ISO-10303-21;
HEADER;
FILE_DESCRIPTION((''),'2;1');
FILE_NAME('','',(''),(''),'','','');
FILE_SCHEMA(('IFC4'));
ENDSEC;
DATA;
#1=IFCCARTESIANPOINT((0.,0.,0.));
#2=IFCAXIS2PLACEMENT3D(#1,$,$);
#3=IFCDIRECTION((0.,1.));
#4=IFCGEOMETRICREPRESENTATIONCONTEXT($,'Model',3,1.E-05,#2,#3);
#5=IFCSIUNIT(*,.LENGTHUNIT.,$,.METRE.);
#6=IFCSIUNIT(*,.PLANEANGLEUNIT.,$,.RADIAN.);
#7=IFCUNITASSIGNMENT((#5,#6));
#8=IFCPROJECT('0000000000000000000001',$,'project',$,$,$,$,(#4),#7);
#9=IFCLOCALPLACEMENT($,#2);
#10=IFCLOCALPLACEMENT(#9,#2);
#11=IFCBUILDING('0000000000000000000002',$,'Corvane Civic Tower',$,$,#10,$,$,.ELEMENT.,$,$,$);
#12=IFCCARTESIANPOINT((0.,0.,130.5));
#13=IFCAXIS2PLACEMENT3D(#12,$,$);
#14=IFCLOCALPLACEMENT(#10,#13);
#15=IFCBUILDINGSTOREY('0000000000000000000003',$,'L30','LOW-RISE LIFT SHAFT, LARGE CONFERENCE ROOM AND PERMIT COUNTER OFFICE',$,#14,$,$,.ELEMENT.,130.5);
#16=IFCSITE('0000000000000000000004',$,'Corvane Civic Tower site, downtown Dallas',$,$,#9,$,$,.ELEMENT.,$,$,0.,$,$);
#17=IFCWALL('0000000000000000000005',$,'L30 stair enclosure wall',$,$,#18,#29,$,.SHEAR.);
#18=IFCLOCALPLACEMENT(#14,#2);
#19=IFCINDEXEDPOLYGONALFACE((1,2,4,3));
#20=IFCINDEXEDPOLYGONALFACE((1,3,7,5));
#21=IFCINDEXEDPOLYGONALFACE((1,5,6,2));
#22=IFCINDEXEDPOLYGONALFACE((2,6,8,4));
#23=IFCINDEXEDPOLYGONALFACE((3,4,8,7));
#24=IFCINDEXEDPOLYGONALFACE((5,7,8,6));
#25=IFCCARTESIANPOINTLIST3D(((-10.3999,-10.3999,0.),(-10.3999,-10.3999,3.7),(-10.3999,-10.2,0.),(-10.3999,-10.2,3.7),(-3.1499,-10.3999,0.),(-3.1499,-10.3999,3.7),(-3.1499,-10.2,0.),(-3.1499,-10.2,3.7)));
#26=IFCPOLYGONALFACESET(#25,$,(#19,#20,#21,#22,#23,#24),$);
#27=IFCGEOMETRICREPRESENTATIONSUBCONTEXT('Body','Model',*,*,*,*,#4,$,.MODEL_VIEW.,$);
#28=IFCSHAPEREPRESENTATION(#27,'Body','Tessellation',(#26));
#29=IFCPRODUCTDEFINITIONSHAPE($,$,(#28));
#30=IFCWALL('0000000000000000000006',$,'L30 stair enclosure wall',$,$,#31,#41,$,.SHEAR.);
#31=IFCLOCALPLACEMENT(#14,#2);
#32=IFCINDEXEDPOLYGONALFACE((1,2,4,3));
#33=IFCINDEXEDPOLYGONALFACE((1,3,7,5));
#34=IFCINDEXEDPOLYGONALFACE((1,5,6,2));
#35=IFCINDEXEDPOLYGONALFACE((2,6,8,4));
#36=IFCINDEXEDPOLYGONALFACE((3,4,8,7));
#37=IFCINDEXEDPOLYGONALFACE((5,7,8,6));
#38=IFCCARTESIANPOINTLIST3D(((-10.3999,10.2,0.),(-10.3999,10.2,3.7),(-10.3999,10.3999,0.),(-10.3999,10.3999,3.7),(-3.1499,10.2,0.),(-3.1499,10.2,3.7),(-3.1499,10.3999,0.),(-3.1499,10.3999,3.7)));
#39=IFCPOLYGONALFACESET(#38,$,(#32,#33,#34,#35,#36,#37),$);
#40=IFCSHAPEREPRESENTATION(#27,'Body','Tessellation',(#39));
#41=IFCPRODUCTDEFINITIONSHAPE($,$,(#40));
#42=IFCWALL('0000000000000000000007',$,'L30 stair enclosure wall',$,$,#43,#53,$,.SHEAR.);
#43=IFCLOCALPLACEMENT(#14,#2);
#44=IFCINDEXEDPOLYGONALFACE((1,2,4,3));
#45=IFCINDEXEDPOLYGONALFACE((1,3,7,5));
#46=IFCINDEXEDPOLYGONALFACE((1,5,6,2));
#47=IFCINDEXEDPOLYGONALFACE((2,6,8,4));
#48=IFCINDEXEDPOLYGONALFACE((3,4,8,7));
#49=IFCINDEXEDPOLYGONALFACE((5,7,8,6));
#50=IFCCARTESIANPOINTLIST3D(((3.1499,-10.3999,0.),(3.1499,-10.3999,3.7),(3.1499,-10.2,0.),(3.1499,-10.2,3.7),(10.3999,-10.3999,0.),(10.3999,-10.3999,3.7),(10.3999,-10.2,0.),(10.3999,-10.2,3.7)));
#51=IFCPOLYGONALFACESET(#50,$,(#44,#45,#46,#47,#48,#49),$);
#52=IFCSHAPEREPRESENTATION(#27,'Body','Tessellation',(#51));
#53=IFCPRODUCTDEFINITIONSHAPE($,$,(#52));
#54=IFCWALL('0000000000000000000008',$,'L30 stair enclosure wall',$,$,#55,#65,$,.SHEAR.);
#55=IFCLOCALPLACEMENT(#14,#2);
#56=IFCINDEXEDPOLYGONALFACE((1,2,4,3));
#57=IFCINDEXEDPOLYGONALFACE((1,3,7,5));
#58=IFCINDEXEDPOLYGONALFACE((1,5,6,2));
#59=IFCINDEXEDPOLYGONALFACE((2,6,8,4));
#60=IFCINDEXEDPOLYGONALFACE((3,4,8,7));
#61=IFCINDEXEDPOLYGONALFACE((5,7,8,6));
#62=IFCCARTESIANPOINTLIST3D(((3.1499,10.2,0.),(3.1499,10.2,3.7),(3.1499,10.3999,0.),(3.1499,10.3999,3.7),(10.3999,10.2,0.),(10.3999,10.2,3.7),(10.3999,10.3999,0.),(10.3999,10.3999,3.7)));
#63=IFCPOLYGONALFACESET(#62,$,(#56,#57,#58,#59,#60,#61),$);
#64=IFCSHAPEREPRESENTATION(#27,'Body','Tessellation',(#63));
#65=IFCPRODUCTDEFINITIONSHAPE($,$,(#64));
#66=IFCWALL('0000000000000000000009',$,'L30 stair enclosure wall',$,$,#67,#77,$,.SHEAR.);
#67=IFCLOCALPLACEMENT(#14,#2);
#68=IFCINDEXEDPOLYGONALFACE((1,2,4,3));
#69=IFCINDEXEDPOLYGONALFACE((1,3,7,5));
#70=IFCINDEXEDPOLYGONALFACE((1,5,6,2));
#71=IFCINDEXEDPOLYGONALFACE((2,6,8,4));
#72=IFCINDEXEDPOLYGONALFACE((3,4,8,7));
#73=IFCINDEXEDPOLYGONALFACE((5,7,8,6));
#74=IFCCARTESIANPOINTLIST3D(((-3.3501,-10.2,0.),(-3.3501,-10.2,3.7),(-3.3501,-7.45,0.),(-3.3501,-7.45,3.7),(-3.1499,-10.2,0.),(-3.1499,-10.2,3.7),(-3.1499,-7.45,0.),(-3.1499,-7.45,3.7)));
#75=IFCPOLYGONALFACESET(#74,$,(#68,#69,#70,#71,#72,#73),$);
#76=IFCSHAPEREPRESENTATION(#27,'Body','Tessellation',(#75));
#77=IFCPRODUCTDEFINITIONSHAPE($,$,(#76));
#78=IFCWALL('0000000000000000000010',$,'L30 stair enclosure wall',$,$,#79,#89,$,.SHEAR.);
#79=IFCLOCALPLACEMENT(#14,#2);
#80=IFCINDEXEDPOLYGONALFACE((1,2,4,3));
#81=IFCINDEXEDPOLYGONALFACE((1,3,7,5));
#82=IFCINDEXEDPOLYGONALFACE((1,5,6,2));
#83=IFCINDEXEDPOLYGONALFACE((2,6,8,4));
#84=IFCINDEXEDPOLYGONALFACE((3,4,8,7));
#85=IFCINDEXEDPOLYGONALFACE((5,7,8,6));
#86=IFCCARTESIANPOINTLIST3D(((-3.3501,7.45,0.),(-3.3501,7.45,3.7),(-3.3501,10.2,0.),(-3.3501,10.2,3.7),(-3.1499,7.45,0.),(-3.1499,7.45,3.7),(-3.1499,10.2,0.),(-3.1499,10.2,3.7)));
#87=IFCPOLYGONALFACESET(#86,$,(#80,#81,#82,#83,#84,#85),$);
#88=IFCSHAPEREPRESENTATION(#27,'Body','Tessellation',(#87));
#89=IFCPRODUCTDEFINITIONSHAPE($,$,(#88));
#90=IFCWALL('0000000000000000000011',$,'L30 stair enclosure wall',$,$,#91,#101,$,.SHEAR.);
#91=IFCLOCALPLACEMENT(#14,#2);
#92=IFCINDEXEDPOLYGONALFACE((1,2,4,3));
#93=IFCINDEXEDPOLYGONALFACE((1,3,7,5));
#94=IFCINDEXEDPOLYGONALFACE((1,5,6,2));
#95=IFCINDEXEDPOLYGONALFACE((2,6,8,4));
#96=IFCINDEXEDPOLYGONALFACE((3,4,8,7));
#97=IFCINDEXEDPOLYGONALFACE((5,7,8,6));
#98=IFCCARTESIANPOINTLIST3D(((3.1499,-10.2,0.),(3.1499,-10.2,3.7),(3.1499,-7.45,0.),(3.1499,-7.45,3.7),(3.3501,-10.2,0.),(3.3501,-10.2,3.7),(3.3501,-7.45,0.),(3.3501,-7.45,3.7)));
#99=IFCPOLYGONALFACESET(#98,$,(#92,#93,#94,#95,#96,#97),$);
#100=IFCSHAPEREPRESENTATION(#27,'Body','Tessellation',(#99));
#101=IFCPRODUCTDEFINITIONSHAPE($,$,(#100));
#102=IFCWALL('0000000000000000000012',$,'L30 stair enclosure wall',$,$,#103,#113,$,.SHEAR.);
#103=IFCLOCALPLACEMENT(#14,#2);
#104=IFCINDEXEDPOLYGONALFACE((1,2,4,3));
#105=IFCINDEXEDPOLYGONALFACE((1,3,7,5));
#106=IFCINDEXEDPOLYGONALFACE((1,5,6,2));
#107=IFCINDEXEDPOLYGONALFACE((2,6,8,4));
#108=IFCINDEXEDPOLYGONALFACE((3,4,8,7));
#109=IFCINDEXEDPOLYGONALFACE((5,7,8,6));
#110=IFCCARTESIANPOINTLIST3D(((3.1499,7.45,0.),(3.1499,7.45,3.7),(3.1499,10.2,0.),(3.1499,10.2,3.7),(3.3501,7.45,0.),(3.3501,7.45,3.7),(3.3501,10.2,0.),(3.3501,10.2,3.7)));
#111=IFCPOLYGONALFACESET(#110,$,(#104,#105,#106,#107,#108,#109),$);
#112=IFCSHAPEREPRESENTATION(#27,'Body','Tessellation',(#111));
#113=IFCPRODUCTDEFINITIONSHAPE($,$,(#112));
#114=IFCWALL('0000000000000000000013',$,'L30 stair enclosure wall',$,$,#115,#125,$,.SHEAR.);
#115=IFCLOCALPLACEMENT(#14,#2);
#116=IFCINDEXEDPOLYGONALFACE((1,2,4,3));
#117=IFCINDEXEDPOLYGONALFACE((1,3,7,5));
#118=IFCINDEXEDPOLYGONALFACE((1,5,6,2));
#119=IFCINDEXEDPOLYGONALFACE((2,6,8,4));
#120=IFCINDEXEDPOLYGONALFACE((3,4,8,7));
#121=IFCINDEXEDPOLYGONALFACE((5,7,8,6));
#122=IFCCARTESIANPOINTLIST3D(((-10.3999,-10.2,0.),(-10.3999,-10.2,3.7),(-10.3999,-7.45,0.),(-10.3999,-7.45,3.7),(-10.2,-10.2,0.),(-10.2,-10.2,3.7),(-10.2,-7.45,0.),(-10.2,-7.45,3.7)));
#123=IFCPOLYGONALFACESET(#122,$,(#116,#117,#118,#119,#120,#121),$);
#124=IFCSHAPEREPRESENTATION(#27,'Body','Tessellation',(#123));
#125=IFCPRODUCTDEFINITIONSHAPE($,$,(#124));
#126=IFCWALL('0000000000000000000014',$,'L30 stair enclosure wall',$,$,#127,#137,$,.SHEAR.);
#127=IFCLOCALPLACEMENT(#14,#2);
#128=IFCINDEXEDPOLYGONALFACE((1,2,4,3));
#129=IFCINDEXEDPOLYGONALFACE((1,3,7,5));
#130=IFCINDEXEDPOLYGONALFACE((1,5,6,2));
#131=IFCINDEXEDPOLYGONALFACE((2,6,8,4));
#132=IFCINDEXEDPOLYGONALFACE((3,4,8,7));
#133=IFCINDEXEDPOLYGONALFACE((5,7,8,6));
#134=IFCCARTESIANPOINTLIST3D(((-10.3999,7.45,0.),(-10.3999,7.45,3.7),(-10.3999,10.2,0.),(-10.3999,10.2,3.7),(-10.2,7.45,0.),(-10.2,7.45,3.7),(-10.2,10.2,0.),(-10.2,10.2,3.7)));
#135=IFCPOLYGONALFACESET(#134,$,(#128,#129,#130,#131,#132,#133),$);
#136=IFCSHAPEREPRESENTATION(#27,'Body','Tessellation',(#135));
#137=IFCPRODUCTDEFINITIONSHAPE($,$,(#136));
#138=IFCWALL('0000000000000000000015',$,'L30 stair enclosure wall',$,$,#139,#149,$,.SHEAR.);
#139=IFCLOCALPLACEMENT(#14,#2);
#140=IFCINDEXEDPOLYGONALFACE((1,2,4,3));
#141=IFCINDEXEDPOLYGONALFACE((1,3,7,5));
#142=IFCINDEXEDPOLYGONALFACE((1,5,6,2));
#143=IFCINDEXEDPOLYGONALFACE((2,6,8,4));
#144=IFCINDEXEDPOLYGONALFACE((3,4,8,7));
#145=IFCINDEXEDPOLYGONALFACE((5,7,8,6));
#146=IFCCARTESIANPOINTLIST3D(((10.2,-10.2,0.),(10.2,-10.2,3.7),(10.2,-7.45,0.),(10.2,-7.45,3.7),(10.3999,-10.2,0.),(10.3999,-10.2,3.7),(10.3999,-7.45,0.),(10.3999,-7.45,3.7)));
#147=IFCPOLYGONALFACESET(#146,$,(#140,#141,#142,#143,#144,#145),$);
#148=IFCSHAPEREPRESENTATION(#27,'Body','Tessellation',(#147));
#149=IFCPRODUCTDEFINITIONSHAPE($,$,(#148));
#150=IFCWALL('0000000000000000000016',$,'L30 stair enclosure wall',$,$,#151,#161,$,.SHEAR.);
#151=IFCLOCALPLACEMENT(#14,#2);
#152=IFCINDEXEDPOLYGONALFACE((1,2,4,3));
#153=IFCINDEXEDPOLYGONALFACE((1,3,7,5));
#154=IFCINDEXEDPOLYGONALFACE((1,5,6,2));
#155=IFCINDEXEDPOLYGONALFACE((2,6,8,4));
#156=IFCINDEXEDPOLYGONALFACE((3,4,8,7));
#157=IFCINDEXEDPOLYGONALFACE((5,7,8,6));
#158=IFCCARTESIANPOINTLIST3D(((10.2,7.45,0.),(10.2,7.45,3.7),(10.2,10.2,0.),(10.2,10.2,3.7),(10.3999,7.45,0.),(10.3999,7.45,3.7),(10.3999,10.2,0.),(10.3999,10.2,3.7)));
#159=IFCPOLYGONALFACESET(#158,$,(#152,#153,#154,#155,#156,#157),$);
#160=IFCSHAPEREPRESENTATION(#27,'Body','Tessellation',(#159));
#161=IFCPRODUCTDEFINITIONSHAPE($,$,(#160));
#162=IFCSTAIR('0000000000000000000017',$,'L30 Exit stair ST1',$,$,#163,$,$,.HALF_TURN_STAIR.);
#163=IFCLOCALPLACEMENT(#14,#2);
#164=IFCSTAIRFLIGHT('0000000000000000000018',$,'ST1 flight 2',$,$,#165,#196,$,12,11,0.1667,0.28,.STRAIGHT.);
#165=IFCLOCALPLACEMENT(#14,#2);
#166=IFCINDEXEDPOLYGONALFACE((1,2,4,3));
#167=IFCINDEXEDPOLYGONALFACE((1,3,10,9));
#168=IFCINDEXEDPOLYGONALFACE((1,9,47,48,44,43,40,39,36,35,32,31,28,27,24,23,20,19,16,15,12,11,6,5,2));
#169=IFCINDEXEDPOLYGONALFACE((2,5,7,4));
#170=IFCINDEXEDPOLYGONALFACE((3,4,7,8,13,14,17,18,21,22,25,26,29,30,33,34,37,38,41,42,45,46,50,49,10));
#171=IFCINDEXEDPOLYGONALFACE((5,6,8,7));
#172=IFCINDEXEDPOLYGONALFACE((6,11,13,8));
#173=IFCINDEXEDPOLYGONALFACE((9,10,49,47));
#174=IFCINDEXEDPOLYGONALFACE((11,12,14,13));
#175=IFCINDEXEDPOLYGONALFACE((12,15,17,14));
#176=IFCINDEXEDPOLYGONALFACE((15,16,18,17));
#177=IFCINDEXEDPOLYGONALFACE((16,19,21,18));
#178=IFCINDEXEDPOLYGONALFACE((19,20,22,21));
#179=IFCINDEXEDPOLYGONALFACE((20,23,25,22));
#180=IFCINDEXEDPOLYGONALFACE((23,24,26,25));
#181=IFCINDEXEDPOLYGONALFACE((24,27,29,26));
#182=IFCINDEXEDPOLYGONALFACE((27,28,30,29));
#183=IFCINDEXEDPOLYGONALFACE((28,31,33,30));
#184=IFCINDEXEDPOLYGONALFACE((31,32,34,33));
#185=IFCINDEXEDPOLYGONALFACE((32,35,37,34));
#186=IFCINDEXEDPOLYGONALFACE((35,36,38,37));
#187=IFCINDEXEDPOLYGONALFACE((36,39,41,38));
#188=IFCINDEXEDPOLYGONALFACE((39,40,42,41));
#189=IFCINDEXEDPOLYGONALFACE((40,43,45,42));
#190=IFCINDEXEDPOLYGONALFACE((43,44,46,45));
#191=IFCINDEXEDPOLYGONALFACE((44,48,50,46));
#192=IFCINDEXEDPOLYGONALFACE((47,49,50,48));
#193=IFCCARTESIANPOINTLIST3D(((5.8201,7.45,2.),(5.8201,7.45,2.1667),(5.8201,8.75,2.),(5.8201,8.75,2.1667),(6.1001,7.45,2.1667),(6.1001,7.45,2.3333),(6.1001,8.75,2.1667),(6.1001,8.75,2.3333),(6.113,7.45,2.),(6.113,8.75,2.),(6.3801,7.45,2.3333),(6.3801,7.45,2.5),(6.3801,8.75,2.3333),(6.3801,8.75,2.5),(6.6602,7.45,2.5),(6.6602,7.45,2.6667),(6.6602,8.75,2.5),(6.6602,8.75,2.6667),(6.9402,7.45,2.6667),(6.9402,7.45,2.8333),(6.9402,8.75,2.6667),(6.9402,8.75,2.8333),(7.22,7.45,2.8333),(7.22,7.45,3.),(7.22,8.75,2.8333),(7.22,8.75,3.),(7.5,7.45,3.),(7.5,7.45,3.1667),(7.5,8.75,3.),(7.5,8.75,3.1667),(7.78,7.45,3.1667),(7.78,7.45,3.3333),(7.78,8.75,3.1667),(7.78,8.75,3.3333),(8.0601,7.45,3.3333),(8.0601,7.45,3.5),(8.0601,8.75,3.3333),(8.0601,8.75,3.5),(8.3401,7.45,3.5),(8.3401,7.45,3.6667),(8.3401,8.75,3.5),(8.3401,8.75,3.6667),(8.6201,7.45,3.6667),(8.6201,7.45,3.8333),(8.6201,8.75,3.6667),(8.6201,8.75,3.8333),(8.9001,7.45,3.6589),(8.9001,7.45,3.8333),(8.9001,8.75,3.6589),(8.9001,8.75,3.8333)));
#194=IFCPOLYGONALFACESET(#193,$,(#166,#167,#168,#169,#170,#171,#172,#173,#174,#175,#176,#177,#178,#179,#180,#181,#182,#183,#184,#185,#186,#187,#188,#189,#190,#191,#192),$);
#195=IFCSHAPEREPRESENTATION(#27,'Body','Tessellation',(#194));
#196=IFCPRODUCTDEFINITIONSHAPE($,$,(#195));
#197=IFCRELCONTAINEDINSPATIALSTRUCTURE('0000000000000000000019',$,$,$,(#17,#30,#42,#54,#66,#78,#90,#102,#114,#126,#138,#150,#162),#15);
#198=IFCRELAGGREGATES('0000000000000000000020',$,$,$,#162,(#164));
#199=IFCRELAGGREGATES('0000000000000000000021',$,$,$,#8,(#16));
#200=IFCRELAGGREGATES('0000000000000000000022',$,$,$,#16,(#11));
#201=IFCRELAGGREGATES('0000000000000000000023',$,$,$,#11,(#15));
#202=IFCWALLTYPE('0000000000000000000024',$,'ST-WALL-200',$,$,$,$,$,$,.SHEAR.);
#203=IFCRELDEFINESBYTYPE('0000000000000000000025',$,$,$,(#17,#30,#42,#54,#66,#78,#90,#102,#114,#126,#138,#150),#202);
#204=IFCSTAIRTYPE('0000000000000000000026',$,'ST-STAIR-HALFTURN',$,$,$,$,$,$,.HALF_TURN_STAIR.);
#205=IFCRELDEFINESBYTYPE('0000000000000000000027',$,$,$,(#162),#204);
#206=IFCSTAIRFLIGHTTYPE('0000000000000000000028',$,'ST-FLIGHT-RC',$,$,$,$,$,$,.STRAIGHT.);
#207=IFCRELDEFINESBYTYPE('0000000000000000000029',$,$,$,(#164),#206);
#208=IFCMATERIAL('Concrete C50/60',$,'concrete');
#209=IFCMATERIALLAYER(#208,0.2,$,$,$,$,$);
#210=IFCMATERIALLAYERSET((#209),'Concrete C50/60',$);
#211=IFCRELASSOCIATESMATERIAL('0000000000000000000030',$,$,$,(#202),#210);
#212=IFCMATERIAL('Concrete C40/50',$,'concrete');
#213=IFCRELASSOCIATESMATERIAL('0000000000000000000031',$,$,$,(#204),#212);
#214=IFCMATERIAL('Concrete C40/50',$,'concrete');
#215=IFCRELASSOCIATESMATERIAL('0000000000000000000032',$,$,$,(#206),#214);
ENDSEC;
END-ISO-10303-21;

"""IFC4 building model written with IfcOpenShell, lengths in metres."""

from ifc_helpers import new_model, si_unit, direction, frame, origin, place, context, subcontext, project, spatial, polyline, outline, extrude, material, layer, layer_set, type_object, element, aggregate, save


model = new_model("IFC4")

# Units and contexts
model_context = context("Model", 3, precision=1e-05, world=origin(), true_north=direction((0.0, 1.0)))
body_context = subcontext(model_context, "Body", "Model", "MODEL_VIEW")
ifc_project = project(units=[si_unit("LENGTHUNIT", "METRE"), si_unit("PLANEANGLEUNIT", "RADIAN")], contexts=[model_context])

# Site, building, storey
site_placement = place(None, origin())
site = spatial("IfcSite", under=ifc_project, at=site_placement, Name="Corvane Civic Tower site, downtown Dallas", CompositionType="ELEMENT", RefElevation=0.0)
building_placement = place(site_placement, origin())
building = spatial("IfcBuilding", under=site, at=building_placement, Name="Corvane Civic Tower", CompositionType="ELEMENT")
storey_placement = place(building_placement, frame((0.0, 0.0, 130.5)))
storey = spatial("IfcBuildingStorey", under=building, at=storey_placement, Name="L30", Description="LOW-RISE LIFT SHAFT, LARGE CONFERENCE ROOM AND PERMIT COUNTER OFFICE", CompositionType="ELEMENT", Elevation=130.5)

# Shared definitions
ifc_material_1 = material(Name="Concrete C50/60", Category="concrete")
ifc_layer_1 = layer(ifc_material_1, 0.2)
ifc_layer_set_1 = layer_set([ifc_layer_1], Name="Concrete C50/60")
wall_type_1 = type_object("IfcWallType", Name="ST-WALL-200", PredefinedType="SHEAR", material=ifc_layer_set_1)

# Walls
wall_1_placement = place(storey_placement, origin())
element("IfcWall", 1, at=wall_1_placement, inside=storey, type_object=wall_type_1, Name="L30 stair enclosure wall", PredefinedType="SHEAR", context=body_context, shape_type="SweptSolid", body=[
    extrude(outline(polyline([(-3.1499, -10.2), (-3.1499, -10.3999), (-10.3999, -10.3999), (-10.3999, -10.2), (-3.1499, -10.2)])), origin(), (0.0, 0.0, 1.0), 3.7),
])
wall_2_placement = place(storey_placement, origin())
element("IfcWall", 2, at=wall_2_placement, inside=storey, type_object=wall_type_1, Name="L30 stair enclosure wall", PredefinedType="SHEAR", context=body_context, shape_type="SweptSolid", body=[
    extrude(outline(polyline([(-3.1499, 10.2), (-10.3999, 10.2), (-10.3999, 10.3999), (-3.1499, 10.3999), (-3.1499, 10.2)])), origin(), (0.0, 0.0, 1.0), 3.7),
])
wall_3_placement = place(storey_placement, origin())
element("IfcWall", 3, at=wall_3_placement, inside=storey, type_object=wall_type_1, Name="L30 stair enclosure wall", PredefinedType="SHEAR", context=body_context, shape_type="SweptSolid", body=[
    extrude(outline(polyline([(10.3999, -10.3999), (3.1499, -10.3999), (3.1499, -10.2), (10.3999, -10.2), (10.3999, -10.3999)])), origin(), (0.0, 0.0, 1.0), 3.7),
])
wall_4_placement = place(storey_placement, origin())
element("IfcWall", 4, at=wall_4_placement, inside=storey, type_object=wall_type_1, Name="L30 stair enclosure wall", PredefinedType="SHEAR", context=body_context, shape_type="SweptSolid", body=[
    extrude(outline(polyline([(10.3999, 10.2), (3.1499, 10.2), (3.1499, 10.3999), (10.3999, 10.3999), (10.3999, 10.2)])), origin(), (0.0, 0.0, 1.0), 3.7),
])
wall_5_placement = place(storey_placement, origin())
element("IfcWall", 5, at=wall_5_placement, inside=storey, type_object=wall_type_1, Name="L30 stair enclosure wall", PredefinedType="SHEAR", context=body_context, shape_type="SweptSolid", body=[
    extrude(outline(polyline([(-3.1499, -7.45), (-3.1499, -10.2), (-3.3501, -10.2), (-3.3501, -7.45), (-3.1499, -7.45)])), origin(), (0.0, 0.0, 1.0), 3.7),
])
wall_6_placement = place(storey_placement, origin())
element("IfcWall", 6, at=wall_6_placement, inside=storey, type_object=wall_type_1, Name="L30 stair enclosure wall", PredefinedType="SHEAR", context=body_context, shape_type="SweptSolid", body=[
    extrude(outline(polyline([(-3.1499, 7.45), (-3.3501, 7.45), (-3.3501, 10.2), (-3.1499, 10.2), (-3.1499, 7.45)])), origin(), (0.0, 0.0, 1.0), 3.7),
])
wall_7_placement = place(storey_placement, origin())
element("IfcWall", 7, at=wall_7_placement, inside=storey, type_object=wall_type_1, Name="L30 stair enclosure wall", PredefinedType="SHEAR", context=body_context, shape_type="SweptSolid", body=[
    extrude(outline(polyline([(3.3501, -7.45), (3.3501, -10.2), (3.1499, -10.2), (3.1499, -7.45), (3.3501, -7.45)])), origin(), (0.0, 0.0, 1.0), 3.7),
])
wall_8_placement = place(storey_placement, origin())
element("IfcWall", 8, at=wall_8_placement, inside=storey, type_object=wall_type_1, Name="L30 stair enclosure wall", PredefinedType="SHEAR", context=body_context, shape_type="SweptSolid", body=[
    extrude(outline(polyline([(3.3501, 7.45), (3.1499, 7.45), (3.1499, 10.2), (3.3501, 10.2), (3.3501, 7.45)])), origin(), (0.0, 0.0, 1.0), 3.7),
])
wall_9_placement = place(storey_placement, origin())
element("IfcWall", 9, at=wall_9_placement, inside=storey, type_object=wall_type_1, Name="L30 stair enclosure wall", PredefinedType="SHEAR", context=body_context, shape_type="SweptSolid", body=[
    extrude(outline(polyline([(-10.2, -7.45), (-10.2, -10.2), (-10.3999, -10.2), (-10.3999, -7.45), (-10.2, -7.45)])), origin(), (0.0, 0.0, 1.0), 3.7),
])
wall_10_placement = place(storey_placement, origin())
element("IfcWall", 10, at=wall_10_placement, inside=storey, type_object=wall_type_1, Name="L30 stair enclosure wall", PredefinedType="SHEAR", context=body_context, shape_type="SweptSolid", body=[
    extrude(outline(polyline([(-10.2, 7.45), (-10.3999, 7.45), (-10.3999, 10.2), (-10.2, 10.2), (-10.2, 7.45)])), origin(), (0.0, 0.0, 1.0), 3.7),
])
wall_11_placement = place(storey_placement, origin())
element("IfcWall", 11, at=wall_11_placement, inside=storey, type_object=wall_type_1, Name="L30 stair enclosure wall", PredefinedType="SHEAR", context=body_context, shape_type="SweptSolid", body=[
    extrude(outline(polyline([(10.3999, -7.45), (10.3999, -10.2), (10.2, -10.2), (10.2, -7.45), (10.3999, -7.45)])), origin(), (0.0, 0.0, 1.0), 3.7),
])
wall_12_placement = place(storey_placement, origin())
element("IfcWall", 12, at=wall_12_placement, inside=storey, type_object=wall_type_1, Name="L30 stair enclosure wall", PredefinedType="SHEAR", context=body_context, shape_type="SweptSolid", body=[
    extrude(outline(polyline([(10.3999, 7.45), (10.2, 7.45), (10.2, 10.2), (10.3999, 10.2), (10.3999, 7.45)])), origin(), (0.0, 0.0, 1.0), 3.7),
])

# Stair, stair flight
ifc_material_2 = material(Name="Concrete C40/50", Category="concrete")
stair_type = type_object("IfcStairType", Name="ST-STAIR-HALFTURN", PredefinedType="HALF_TURN_STAIR", material=ifc_material_2)
stair_placement = place(storey_placement, origin())
stair = element("IfcStair", 13, at=stair_placement, inside=storey, type_object=stair_type, Name="L30 Exit stair ST1", PredefinedType="HALF_TURN_STAIR")
ifc_material_3 = material(Name="Concrete C40/50", Category="concrete")
stair_flight_type = type_object("IfcStairFlightType", Name="ST-FLIGHT-RC", PredefinedType="STRAIGHT", material=ifc_material_3)
stair_flight_placement = place(storey_placement, frame((5.8201, 8.1001, 2.0), z_axis=(0.0, 0.0, 1.0), x_axis=(1.0, 0.0, 0.0)))
stair_flight = element("IfcStairFlight", 14, at=stair_flight_placement, type_object=stair_flight_type, Name="ST1 flight 2", NumberOfRisers=12, NumberOfTreads=11, PredefinedType="STRAIGHT", RiserHeight=0.1667, TreadLength=0.28, context=body_context, shape_type="SweptSolid", body=[
    extrude(outline(polyline([(0.0, 0.0), (0.0, 0.1667), (0.28, 0.1667), (0.28, 0.3333), (0.5601, 0.3333), (0.5601, 0.5), (0.8401, 0.5), (0.8401, 0.6667), (1.1201, 0.6667), (1.1201, 0.8333), (1.3999, 0.8333), (1.3999, 1.0), (1.6799, 1.0), (1.6799, 1.1667), (1.96, 1.1667), (1.96, 1.3333), (2.24, 1.3333), (2.24, 1.5), (2.52, 1.5), (2.52, 1.6667), (2.8, 1.6667), (2.8, 1.8333), (3.0801, 1.8333), (3.0801, 2.0), (3.0801, 1.6589), (0.293, 0.0), (0.0, 0.0)])), frame((0.0, 0.6499, 0.0), z_axis=(0.0, -1.0, 0.0), x_axis=(1.0, 0.0, 0.0)), (0.0, 0.0, 1.0), 1.3),
])
aggregate(stair, [stair_flight])

save(model, "model.ifc")
